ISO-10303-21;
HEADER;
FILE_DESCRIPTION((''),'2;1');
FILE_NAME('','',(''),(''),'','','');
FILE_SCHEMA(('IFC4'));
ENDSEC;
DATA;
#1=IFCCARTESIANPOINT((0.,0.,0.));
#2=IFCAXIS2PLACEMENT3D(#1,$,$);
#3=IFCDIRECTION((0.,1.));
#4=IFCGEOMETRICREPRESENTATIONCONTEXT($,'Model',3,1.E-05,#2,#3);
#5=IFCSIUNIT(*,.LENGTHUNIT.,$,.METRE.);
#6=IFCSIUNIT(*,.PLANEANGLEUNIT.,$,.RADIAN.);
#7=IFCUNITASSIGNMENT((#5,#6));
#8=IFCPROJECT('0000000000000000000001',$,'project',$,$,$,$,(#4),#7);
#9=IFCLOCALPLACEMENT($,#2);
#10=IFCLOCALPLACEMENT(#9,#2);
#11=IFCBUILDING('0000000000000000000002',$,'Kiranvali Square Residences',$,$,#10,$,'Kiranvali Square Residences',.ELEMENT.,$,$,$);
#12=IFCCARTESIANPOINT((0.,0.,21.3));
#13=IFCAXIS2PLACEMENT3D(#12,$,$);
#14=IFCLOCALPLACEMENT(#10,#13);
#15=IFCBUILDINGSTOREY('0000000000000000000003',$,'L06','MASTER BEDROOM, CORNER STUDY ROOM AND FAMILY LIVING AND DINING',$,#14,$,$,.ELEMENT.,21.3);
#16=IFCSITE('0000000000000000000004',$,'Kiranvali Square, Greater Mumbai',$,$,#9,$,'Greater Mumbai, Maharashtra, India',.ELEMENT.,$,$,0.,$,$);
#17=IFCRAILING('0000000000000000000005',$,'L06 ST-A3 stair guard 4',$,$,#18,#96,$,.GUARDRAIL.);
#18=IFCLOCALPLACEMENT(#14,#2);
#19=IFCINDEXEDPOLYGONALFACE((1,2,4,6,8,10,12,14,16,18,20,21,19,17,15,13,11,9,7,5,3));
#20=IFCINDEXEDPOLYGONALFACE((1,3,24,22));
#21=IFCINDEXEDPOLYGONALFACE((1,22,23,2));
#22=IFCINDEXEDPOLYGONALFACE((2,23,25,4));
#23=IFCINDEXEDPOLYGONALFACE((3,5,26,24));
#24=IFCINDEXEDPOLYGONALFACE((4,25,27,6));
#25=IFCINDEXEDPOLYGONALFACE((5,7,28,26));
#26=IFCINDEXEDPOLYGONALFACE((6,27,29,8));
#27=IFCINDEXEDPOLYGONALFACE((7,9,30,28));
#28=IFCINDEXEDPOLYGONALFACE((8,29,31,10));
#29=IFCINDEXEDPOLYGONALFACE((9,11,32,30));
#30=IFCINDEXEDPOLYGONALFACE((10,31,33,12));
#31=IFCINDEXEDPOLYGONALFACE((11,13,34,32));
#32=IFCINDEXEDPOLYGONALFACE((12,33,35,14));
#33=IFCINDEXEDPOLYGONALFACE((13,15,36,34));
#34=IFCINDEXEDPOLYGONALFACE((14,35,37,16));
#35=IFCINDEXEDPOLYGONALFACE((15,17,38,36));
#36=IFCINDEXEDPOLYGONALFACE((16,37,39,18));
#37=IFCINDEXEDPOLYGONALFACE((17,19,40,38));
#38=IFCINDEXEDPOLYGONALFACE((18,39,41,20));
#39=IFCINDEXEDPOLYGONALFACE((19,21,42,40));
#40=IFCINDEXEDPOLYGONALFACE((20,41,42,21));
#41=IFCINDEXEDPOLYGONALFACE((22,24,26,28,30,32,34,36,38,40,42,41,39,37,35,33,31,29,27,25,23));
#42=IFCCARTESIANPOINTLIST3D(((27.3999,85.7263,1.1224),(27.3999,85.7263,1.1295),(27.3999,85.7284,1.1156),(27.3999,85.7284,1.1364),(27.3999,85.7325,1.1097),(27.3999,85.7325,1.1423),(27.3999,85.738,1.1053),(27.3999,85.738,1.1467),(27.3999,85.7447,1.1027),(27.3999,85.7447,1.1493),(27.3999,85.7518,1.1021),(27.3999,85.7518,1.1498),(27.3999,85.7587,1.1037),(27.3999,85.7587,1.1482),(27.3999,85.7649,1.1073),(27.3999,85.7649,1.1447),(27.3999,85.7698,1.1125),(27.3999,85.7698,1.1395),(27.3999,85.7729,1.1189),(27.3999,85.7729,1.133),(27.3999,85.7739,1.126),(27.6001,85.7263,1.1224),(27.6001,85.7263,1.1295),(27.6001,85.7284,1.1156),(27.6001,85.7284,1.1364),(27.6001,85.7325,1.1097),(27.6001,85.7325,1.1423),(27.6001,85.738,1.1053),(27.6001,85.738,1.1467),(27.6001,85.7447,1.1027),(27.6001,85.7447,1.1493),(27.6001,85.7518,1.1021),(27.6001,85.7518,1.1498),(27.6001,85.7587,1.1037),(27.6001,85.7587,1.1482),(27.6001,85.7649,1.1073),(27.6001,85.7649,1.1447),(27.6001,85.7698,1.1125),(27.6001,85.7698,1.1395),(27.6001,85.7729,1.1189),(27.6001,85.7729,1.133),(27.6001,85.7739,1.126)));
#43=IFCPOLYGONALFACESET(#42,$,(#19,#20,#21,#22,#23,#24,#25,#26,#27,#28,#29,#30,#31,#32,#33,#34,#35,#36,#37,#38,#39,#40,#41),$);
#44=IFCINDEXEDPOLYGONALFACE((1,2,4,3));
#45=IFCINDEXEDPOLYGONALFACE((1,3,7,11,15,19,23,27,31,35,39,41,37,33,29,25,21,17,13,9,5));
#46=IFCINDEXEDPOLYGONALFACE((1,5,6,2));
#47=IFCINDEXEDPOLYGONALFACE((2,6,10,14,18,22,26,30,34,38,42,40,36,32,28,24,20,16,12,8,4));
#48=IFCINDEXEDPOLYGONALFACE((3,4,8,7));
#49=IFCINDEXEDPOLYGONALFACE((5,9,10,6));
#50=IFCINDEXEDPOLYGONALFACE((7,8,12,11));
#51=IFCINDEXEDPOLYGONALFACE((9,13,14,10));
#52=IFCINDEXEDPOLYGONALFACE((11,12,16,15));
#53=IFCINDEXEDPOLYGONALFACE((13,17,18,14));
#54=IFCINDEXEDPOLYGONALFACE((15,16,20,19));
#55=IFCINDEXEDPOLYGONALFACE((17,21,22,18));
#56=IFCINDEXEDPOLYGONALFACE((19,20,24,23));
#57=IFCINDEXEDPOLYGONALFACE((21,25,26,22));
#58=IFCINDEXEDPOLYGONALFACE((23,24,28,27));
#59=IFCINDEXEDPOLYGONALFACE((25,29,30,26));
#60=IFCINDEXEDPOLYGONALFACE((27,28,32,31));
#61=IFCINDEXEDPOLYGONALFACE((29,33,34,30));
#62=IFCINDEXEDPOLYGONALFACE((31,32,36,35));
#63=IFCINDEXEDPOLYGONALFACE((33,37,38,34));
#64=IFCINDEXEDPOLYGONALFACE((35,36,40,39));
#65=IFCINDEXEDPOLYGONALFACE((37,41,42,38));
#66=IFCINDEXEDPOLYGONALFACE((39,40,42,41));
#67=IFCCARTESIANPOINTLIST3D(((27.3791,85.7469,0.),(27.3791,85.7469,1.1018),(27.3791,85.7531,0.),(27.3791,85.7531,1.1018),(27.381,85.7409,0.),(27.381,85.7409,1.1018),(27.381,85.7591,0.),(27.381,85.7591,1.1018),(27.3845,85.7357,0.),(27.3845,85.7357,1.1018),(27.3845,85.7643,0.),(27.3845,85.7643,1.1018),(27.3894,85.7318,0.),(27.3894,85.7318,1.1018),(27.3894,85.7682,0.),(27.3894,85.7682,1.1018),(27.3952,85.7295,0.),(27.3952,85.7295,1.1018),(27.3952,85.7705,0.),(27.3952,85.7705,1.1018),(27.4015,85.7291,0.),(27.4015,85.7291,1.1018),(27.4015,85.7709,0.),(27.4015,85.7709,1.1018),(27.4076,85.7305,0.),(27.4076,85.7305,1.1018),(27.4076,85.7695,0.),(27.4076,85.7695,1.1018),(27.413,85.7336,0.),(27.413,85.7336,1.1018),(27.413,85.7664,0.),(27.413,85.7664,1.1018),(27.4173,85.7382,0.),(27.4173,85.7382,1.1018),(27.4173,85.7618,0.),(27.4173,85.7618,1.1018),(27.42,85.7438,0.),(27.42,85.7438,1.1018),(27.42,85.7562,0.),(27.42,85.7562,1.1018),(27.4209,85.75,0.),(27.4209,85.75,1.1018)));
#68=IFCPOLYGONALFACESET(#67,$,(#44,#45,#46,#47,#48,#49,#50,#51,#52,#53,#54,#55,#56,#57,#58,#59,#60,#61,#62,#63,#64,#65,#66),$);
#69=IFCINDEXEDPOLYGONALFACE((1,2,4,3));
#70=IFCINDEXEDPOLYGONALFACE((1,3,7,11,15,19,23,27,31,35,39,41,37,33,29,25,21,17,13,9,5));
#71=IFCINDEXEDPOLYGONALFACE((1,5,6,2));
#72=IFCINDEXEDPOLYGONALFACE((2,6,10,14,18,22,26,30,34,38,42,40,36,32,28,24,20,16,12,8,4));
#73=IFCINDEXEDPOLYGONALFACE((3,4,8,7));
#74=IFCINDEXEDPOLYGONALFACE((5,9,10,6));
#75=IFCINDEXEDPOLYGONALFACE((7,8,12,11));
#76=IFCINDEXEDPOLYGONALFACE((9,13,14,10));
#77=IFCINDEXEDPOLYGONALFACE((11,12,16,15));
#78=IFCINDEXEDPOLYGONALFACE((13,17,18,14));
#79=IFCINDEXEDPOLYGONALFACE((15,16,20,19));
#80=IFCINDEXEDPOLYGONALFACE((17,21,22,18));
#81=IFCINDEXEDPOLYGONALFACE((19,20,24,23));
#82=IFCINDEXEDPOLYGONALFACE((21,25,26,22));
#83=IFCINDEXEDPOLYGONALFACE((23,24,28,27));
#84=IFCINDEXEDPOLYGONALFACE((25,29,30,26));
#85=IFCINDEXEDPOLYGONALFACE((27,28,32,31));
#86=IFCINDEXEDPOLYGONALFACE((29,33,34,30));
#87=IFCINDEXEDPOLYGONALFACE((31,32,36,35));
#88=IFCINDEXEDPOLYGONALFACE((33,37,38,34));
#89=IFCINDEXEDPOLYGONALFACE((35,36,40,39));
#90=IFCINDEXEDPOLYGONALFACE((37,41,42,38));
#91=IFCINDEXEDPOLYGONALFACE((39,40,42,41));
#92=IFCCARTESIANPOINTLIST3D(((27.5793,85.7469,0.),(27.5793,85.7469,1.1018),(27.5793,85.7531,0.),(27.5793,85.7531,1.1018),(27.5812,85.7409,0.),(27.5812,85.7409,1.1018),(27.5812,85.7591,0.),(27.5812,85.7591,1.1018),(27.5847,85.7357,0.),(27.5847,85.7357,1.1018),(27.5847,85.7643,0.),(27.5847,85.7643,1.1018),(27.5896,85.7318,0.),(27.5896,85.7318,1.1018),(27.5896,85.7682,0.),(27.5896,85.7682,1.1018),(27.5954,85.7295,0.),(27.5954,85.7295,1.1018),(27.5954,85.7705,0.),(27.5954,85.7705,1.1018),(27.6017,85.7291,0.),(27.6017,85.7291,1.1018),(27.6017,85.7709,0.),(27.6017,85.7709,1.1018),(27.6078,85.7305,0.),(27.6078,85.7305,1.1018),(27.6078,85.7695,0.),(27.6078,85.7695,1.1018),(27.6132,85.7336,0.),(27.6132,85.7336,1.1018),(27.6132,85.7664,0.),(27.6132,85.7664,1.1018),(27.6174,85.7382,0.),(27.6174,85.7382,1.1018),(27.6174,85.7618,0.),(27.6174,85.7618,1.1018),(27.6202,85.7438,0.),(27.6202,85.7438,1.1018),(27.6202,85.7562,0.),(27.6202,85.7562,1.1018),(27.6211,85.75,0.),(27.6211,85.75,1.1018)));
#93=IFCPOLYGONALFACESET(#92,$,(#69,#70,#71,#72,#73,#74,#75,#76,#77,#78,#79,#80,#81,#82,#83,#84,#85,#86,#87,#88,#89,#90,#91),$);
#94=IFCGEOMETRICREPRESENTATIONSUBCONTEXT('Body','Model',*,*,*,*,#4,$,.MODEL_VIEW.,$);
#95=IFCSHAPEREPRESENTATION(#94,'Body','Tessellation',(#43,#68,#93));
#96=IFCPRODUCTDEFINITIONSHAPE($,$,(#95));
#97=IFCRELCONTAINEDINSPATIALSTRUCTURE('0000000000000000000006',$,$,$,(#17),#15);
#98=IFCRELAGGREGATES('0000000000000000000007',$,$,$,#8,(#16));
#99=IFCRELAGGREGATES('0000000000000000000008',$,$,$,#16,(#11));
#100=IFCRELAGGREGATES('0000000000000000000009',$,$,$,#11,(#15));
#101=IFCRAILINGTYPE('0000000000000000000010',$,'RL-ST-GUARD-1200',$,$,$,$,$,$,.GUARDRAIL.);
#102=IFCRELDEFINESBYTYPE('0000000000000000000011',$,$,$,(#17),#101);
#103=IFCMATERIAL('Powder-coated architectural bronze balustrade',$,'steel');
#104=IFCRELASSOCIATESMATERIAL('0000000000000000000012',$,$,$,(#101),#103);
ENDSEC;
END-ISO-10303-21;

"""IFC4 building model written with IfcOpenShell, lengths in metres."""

from ifc_helpers import new_model, si_unit, direction, frame, origin, origin_2d, place, context, subcontext, project, spatial, circle, extrude, material, type_object, element, save


model = new_model("IFC4")

# Units and contexts
model_context = context("Model", 3, precision=1e-05, world=origin(), true_north=direction((0.0, 1.0)))
body_context = subcontext(model_context, "Body", "Model", "MODEL_VIEW")
ifc_project = project(units=[si_unit("LENGTHUNIT", "METRE"), si_unit("PLANEANGLEUNIT", "RADIAN")], contexts=[model_context])

# Site, building, storey
site_placement = place(None, origin())
site = spatial("IfcSite", under=ifc_project, at=site_placement, Name="Kiranvali Square, Greater Mumbai", LongName="Greater Mumbai, Maharashtra, India", CompositionType="ELEMENT", RefElevation=0.0)
building_placement = place(site_placement, origin())
building = spatial("IfcBuilding", under=site, at=building_placement, Name="Kiranvali Square Residences", LongName="Kiranvali Square Residences", CompositionType="ELEMENT")
storey_placement = place(building_placement, frame((0.0, 0.0, 21.3)))
storey = spatial("IfcBuildingStorey", under=building, at=storey_placement, Name="L06", Description="MASTER BEDROOM, CORNER STUDY ROOM AND FAMILY LIVING AND DINING", CompositionType="ELEMENT", Elevation=21.3)

# Railing
ifc_material_1 = material(Name="Powder-coated architectural bronze balustrade", Category="steel")
railing_type_1 = type_object("IfcRailingType", Name="RL-ST-GUARD-1200", PredefinedType="GUARDRAIL", material=ifc_material_1)
railing_1_placement = place(storey_placement, frame((27.3999, 85.75, 0.0)))
element("IfcRailing", 1, at=railing_1_placement, inside=storey, type_object=railing_type_1, Name="L06 ST-A3 stair guard 4", PredefinedType="GUARDRAIL", context=body_context, shape_type="SweptSolid", body=[
    extrude(circle(Radius=0.0239, at=origin_2d()), frame((0.0, 0.0, 1.126), z_axis=(1.0, 0.0, 0.0), x_axis=(0.0, 1.0, 0.0)), (0.0, 0.0, 1.0), 0.2002),
    extrude(circle(Radius=0.021, at=origin_2d()), origin(), (0.0, 0.0, 1.0), 1.1018),
    extrude(circle(Radius=0.021, at=origin_2d()), frame((0.2002, 0.0, 0.0)), (0.0, 0.0, 1.0), 1.1018),
])

save(model, "model.ifc")
